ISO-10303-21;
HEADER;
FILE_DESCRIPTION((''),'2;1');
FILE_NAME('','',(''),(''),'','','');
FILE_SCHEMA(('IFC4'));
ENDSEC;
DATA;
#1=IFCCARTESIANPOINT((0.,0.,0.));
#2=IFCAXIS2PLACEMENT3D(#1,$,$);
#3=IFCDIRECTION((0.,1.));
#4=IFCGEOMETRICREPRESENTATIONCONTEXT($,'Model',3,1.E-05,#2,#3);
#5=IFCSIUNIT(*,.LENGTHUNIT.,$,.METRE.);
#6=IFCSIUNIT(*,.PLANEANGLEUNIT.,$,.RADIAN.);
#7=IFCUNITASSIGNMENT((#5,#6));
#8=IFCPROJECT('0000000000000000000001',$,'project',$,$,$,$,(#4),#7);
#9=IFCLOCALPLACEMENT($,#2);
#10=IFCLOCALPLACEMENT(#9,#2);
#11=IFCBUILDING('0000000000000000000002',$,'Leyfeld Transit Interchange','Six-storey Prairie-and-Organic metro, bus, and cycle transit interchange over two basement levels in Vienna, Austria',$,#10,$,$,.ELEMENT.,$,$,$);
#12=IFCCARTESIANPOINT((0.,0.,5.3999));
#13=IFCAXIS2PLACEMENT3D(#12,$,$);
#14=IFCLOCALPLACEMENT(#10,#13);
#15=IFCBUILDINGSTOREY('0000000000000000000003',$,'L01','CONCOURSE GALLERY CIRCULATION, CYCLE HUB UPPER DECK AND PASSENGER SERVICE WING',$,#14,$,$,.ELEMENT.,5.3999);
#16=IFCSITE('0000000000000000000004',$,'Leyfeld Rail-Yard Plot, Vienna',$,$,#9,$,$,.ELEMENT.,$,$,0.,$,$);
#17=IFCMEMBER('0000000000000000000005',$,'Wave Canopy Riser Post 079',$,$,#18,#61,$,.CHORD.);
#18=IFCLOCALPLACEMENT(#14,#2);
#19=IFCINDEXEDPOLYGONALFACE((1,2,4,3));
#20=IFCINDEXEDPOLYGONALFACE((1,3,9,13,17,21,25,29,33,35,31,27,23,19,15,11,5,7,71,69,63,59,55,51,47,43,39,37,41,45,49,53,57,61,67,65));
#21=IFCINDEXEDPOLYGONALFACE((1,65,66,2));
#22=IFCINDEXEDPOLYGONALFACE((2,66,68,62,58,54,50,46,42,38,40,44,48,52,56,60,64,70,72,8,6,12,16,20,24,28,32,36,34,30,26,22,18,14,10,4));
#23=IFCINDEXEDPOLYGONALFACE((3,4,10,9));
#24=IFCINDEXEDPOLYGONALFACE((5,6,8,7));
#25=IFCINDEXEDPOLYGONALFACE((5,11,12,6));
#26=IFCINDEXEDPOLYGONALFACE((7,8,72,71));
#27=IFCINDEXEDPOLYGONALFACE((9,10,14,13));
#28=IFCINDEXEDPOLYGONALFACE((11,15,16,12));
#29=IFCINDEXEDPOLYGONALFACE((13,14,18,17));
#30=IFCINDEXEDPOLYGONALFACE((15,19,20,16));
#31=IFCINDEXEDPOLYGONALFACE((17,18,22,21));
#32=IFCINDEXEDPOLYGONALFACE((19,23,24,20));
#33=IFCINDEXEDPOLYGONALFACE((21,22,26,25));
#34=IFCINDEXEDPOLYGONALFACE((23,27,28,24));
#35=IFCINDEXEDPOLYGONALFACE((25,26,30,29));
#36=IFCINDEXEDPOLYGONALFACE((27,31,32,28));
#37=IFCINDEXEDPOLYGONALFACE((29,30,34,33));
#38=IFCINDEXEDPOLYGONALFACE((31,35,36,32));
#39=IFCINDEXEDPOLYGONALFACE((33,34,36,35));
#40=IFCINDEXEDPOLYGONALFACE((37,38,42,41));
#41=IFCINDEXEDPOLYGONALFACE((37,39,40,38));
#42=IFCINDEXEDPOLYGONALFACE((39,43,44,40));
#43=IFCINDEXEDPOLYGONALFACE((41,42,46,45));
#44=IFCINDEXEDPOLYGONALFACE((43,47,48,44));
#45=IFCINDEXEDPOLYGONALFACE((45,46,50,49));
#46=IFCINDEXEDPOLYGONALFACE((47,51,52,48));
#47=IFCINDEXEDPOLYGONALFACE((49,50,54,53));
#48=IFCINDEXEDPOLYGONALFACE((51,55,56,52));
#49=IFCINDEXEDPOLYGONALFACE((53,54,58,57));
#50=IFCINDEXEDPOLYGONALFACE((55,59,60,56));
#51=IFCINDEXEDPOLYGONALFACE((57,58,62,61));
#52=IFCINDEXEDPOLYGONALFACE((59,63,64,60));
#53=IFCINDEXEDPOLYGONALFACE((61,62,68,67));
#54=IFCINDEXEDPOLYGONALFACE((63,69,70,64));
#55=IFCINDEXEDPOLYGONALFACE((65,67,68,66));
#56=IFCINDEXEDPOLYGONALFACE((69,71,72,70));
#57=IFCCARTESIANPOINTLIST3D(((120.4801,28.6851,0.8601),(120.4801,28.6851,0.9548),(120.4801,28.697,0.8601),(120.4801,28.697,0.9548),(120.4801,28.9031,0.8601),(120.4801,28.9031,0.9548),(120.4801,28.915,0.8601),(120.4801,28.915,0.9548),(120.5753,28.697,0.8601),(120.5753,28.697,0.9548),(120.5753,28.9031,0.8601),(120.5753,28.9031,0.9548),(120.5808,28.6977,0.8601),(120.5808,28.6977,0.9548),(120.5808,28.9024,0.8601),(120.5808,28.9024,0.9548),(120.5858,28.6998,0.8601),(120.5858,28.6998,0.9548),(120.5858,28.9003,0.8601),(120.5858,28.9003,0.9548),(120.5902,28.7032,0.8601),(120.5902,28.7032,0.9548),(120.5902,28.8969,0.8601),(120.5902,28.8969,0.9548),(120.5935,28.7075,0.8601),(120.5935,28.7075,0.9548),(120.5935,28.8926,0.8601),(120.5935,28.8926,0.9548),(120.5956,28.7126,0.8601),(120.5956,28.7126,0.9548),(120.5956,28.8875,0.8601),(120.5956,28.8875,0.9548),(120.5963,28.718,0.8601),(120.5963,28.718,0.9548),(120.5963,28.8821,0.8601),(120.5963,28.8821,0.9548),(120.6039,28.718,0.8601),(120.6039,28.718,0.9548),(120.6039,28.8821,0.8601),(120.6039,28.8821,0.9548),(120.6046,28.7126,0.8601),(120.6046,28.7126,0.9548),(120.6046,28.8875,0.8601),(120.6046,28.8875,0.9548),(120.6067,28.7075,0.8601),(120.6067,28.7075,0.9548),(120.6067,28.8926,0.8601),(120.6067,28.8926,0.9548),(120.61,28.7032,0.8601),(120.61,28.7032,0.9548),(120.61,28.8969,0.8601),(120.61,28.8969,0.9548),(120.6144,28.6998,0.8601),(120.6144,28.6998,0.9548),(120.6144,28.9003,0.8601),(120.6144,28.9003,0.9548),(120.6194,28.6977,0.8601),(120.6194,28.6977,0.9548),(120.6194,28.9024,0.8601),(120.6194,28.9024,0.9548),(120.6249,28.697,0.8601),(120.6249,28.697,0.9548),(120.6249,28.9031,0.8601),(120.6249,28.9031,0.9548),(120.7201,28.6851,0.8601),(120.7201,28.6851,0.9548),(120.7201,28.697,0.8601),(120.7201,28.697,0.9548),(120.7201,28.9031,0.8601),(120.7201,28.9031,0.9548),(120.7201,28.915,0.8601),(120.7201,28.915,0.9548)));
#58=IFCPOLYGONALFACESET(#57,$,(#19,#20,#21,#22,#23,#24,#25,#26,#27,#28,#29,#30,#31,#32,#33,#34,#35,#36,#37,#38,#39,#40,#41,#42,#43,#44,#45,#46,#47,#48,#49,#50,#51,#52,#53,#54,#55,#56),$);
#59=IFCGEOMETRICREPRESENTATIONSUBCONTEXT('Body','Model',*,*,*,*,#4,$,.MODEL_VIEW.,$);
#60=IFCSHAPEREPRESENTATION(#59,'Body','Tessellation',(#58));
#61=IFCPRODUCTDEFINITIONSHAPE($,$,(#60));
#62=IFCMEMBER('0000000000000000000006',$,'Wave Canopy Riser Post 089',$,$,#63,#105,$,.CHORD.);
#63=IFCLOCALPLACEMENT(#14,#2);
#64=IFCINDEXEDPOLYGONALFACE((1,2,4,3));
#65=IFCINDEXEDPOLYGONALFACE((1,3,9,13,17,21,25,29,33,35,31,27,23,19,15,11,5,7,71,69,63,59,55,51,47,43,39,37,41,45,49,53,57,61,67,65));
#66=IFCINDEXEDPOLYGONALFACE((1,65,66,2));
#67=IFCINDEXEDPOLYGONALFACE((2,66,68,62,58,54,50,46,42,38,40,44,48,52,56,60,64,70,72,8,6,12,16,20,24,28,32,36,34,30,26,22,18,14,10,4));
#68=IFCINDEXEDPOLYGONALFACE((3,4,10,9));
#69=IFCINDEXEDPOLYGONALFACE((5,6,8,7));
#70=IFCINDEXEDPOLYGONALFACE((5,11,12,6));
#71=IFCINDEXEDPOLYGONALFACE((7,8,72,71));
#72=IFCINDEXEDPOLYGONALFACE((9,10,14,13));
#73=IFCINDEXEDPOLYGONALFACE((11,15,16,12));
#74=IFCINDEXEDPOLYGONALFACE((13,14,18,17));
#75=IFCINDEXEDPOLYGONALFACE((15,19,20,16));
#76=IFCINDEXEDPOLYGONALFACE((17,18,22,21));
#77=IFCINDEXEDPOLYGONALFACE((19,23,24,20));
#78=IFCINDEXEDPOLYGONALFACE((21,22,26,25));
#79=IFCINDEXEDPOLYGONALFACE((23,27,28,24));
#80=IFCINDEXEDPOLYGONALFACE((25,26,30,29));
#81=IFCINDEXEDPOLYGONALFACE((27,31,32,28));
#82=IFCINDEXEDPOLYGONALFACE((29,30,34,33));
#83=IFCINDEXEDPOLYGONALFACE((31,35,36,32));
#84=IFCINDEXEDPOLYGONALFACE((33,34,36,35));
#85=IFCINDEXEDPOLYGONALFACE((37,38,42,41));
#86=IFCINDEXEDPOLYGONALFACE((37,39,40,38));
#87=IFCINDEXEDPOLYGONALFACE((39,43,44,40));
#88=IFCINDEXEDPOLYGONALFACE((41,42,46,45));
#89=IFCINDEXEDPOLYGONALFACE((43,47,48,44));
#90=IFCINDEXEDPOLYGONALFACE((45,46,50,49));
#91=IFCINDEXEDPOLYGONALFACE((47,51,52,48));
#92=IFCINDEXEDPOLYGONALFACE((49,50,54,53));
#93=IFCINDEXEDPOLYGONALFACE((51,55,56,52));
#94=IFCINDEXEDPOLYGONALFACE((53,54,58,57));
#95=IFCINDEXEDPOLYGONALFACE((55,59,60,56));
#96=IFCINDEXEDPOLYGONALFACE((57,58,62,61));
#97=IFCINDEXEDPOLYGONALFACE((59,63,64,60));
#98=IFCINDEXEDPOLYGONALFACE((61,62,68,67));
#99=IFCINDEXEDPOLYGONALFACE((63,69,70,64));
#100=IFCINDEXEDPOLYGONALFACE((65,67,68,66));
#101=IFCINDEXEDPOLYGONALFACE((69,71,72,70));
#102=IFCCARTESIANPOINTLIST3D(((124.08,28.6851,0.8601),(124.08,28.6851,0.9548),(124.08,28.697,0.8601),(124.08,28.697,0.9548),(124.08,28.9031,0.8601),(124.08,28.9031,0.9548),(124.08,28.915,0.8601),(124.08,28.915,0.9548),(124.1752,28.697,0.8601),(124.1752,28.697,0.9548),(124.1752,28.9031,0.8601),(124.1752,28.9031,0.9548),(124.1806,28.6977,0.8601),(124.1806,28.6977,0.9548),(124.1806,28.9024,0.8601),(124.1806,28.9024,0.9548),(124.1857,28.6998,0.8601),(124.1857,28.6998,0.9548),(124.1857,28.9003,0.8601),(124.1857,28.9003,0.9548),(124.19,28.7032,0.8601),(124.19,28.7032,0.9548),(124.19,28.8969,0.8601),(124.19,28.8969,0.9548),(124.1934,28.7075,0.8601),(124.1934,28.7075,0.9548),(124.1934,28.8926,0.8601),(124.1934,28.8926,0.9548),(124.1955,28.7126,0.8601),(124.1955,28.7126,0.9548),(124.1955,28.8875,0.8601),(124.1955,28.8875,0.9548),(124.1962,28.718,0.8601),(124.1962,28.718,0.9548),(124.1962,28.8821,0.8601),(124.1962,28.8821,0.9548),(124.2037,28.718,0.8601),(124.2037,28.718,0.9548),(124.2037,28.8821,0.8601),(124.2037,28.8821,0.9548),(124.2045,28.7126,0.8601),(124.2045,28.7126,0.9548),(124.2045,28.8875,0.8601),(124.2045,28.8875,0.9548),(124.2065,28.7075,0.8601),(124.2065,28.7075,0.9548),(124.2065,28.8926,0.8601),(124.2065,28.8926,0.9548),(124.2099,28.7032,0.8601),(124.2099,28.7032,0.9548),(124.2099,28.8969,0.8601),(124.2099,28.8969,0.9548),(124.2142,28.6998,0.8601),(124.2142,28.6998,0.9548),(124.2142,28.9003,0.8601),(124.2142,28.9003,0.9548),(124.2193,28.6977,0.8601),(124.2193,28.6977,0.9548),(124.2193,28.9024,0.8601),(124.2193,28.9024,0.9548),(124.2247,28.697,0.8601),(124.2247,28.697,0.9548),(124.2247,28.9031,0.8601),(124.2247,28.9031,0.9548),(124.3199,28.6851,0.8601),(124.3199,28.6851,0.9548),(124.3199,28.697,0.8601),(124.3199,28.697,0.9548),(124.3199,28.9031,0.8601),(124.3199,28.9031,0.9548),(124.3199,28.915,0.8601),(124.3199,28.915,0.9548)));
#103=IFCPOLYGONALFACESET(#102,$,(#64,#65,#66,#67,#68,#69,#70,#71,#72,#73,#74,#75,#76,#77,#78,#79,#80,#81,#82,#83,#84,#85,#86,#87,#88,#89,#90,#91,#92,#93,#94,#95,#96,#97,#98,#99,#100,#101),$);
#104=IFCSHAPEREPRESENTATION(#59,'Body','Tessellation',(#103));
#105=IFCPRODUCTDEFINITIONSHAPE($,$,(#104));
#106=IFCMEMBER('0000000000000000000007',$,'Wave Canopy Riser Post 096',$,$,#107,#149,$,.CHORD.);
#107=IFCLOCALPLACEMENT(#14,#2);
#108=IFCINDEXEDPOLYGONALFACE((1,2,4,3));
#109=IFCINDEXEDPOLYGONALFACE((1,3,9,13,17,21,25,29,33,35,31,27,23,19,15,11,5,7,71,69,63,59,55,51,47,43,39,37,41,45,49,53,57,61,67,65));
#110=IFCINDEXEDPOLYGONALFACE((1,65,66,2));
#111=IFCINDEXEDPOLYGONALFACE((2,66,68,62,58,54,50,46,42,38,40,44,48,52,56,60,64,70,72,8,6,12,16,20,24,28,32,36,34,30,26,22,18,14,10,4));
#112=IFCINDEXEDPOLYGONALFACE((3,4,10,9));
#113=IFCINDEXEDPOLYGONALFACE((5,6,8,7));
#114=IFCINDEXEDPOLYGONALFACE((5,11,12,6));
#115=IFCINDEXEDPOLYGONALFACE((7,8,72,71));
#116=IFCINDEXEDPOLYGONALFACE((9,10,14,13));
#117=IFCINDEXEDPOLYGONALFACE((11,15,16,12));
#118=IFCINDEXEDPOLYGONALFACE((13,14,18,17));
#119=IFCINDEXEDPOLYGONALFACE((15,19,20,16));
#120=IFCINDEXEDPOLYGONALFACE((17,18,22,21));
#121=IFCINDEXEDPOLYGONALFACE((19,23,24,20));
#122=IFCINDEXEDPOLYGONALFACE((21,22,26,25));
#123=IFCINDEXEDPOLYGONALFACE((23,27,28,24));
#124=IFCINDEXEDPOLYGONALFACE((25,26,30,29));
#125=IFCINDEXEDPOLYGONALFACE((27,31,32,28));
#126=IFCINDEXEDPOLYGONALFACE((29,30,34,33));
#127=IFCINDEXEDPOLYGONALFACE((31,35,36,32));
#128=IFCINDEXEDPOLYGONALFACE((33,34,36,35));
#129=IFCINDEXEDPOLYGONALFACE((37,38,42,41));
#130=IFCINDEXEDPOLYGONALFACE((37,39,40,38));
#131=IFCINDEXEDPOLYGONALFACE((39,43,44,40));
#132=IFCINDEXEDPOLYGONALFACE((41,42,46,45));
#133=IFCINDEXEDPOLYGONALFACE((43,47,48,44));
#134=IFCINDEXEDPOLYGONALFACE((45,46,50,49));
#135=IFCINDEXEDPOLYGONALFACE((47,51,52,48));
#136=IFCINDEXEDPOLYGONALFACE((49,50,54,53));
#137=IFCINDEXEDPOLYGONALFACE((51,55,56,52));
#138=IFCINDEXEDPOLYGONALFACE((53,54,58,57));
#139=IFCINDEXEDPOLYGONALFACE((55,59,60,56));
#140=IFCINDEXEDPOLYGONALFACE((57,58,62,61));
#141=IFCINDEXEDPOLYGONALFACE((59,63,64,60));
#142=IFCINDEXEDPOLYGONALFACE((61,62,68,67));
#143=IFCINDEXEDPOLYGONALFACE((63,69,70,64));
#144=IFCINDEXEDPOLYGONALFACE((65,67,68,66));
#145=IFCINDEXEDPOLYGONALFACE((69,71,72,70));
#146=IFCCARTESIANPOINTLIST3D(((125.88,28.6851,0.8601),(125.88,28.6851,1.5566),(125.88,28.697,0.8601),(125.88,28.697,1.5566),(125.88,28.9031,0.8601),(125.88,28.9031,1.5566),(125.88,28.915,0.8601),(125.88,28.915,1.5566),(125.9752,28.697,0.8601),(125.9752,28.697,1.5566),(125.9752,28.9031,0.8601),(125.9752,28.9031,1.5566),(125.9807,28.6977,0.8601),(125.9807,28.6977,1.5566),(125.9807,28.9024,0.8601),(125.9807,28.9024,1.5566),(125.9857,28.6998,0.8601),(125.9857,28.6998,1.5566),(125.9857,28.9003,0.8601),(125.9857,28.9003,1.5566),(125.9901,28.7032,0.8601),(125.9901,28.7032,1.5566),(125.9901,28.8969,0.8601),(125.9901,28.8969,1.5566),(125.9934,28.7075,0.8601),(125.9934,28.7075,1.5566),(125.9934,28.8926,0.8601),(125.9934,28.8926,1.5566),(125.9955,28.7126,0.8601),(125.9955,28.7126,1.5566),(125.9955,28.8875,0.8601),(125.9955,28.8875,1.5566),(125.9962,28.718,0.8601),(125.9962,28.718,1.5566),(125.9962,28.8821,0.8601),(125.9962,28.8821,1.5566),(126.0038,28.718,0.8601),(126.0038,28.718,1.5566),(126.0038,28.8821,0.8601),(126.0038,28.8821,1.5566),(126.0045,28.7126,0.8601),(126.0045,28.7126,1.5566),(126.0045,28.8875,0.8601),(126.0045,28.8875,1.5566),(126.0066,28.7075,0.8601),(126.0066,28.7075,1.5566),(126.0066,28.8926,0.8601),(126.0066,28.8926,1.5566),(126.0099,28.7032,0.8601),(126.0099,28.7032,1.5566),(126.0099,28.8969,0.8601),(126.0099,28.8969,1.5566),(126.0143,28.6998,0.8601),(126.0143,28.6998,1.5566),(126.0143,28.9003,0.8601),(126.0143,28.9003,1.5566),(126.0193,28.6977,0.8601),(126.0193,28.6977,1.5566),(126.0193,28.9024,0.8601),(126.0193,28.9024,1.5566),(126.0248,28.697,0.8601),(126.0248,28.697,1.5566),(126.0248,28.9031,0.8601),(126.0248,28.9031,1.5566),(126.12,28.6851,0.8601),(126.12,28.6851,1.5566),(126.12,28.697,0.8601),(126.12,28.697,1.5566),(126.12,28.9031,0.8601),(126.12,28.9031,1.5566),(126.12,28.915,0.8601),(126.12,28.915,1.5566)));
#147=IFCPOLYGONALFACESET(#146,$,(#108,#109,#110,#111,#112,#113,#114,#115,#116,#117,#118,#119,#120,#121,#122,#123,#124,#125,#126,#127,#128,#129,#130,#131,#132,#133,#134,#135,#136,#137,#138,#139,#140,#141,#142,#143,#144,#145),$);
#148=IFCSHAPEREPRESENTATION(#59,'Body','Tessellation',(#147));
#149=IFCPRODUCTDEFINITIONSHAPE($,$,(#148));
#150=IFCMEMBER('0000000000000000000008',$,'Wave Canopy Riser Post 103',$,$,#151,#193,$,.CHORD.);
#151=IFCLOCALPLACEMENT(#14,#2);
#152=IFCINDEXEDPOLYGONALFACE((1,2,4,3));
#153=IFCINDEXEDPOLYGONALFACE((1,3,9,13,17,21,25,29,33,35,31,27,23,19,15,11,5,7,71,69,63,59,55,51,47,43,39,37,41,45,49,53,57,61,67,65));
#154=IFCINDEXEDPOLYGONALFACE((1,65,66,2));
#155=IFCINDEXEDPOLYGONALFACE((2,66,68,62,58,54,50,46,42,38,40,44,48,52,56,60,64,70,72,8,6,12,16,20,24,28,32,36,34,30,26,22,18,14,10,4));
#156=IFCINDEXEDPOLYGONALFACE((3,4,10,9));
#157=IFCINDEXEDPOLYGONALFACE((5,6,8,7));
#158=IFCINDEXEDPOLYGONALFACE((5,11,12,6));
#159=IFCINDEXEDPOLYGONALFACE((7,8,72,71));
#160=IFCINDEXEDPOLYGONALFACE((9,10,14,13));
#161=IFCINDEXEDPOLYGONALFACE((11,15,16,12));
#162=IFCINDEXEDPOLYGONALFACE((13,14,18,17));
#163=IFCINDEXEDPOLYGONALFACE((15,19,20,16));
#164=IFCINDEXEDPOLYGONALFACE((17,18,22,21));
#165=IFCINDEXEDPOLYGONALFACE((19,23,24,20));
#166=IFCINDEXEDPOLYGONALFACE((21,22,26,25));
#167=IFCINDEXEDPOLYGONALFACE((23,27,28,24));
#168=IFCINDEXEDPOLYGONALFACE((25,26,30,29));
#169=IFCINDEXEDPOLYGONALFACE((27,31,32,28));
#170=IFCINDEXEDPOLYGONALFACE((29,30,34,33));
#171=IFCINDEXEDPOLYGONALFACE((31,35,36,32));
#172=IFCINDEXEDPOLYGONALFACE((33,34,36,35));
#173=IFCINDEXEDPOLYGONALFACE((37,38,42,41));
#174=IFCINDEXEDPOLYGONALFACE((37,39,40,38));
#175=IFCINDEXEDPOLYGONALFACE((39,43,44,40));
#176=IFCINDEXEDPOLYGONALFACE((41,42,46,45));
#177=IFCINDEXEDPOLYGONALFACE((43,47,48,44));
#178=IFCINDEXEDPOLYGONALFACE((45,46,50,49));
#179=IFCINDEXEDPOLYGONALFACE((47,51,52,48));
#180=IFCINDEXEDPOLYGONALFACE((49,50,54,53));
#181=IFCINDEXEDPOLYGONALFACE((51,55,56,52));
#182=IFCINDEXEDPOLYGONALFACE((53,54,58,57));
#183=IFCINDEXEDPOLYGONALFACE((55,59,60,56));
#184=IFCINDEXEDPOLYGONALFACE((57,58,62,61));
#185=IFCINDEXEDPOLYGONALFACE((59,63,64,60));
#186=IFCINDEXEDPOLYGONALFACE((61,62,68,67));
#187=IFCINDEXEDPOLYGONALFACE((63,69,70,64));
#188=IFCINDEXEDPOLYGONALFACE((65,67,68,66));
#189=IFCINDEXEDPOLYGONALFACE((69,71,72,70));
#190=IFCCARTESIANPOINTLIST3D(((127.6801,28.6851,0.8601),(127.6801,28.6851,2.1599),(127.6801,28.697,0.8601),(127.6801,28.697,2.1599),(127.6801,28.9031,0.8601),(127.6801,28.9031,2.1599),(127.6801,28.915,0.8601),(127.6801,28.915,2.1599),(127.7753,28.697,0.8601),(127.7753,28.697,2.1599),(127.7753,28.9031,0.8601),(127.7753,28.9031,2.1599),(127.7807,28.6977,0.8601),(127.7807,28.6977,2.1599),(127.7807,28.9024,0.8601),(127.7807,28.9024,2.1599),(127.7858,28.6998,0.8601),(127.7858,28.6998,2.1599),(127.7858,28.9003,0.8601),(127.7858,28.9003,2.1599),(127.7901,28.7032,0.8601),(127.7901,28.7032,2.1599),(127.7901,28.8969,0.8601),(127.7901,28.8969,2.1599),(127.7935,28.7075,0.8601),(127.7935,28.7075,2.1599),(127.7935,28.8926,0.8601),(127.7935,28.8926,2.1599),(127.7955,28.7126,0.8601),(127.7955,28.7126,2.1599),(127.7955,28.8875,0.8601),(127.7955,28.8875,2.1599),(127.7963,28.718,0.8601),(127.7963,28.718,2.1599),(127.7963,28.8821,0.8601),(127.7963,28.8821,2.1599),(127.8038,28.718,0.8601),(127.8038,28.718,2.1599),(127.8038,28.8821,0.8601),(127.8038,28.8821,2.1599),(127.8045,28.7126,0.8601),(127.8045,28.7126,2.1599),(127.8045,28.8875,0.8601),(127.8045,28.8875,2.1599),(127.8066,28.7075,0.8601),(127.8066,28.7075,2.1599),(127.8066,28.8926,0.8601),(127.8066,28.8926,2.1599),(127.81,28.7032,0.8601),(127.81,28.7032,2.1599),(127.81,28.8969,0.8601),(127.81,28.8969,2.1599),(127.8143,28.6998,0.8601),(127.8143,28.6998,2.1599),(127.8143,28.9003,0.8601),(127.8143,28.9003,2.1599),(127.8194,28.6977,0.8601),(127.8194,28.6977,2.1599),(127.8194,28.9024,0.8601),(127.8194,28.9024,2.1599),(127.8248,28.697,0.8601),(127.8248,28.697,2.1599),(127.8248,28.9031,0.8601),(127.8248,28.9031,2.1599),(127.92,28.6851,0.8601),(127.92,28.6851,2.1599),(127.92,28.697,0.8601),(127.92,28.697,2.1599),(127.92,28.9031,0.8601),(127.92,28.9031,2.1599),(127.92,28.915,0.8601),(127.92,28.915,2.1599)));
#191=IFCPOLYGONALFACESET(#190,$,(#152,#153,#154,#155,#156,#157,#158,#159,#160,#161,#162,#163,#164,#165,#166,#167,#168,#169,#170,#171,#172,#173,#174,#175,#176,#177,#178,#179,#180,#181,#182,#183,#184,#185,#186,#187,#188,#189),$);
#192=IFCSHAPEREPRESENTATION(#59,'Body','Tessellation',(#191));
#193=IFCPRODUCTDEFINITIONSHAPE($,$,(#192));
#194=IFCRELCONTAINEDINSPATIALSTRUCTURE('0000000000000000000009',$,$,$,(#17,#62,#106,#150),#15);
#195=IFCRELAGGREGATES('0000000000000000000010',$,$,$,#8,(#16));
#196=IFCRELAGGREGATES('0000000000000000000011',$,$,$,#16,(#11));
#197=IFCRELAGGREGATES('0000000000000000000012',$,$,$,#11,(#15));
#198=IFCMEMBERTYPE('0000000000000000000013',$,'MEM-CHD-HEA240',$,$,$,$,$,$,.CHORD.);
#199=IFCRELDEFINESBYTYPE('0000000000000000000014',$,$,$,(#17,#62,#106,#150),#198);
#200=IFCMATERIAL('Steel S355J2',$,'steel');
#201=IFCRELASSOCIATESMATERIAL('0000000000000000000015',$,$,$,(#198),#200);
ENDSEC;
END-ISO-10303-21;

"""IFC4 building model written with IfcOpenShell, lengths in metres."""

from ifc_helpers import new_model, si_unit, direction, frame, origin, origin_2d, place, context, subcontext, project, spatial, i_section, extrude, material, material_profile, profile_set, type_object, element, save


model = new_model("IFC4")

# Units and contexts
model_context = context("Model", 3, precision=1e-05, world=origin(), true_north=direction((0.0, 1.0)))
body_context = subcontext(model_context, "Body", "Model", "MODEL_VIEW")
ifc_project = project(units=[si_unit("LENGTHUNIT", "METRE"), si_unit("PLANEANGLEUNIT", "RADIAN")], contexts=[model_context])

# Site, building, storey
site_placement = place(None, origin())
site = spatial("IfcSite", under=ifc_project, at=site_placement, Name="Leyfeld Rail-Yard Plot, Vienna", CompositionType="ELEMENT", RefElevation=0.0)
building_placement = place(site_placement, origin())
building = spatial("IfcBuilding", under=site, at=building_placement, Name="Leyfeld Transit Interchange", Description="Six-storey Prairie-and-Organic metro, bus, and cycle transit interchange over two basement levels in Vienna, Austria", CompositionType="ELEMENT")
storey_placement = place(building_placement, frame((0.0, 0.0, 5.3999)))
storey = spatial("IfcBuildingStorey", under=building, at=storey_placement, Name="L01", Description="CONCOURSE GALLERY CIRCULATION, CYCLE HUB UPPER DECK AND PASSENGER SERVICE WING", CompositionType="ELEMENT", Elevation=5.3999)

# Members
ifc_material_1 = material(Name="Steel S355J2", Category="steel")
ifc_material_profile_1 = material_profile(ifc_material_1, i_section(OverallWidth=0.24, OverallDepth=0.23, WebThickness=0.0076, FlangeThickness=0.012, FilletRadius=0.021, at=origin_2d()), Name="HEA 240")
ifc_profile_set_1 = profile_set([ifc_material_profile_1], Name="Steel S355J2")
member_type_1 = type_object("IfcMemberType", Name="MEM-CHD-HEA240", PredefinedType="CHORD", material=ifc_profile_set_1)
for number, where, z_axis, x_axis, name in (
    (1, (120.6001, 28.8, 0.8601), (0.0, 0.0, 1.0), (1.0, 0.0, 0.0), "Wave Canopy Riser Post 079"),
    (2, (124.2, 28.8, 0.8601), (0.0, 0.0, 1.0), (1.0, 0.0, 0.0), "Wave Canopy Riser Post 089"),
):
    element("IfcMember", number, at=place(storey_placement, frame(where, z_axis=z_axis, x_axis=x_axis)), inside=storey, type_object=member_type_1, Name=name, PredefinedType="CHORD", context=body_context, shape_type="SweptSolid", body=[
        extrude(i_section(OverallWidth=0.24, OverallDepth=0.23, WebThickness=0.0076, FlangeThickness=0.012, FilletRadius=0.021, at=origin_2d()), origin(), (0.0, 0.0, 1.0), 0.0947),
    ])
member_1_placement = place(storey_placement, frame((126.0, 28.8, 0.8601), z_axis=(0.0, 0.0, 1.0), x_axis=(1.0, 0.0, 0.0)))
element("IfcMember", 3, at=member_1_placement, inside=storey, type_object=member_type_1, Name="Wave Canopy Riser Post 096", PredefinedType="CHORD", context=body_context, shape_type="SweptSolid", body=[
    extrude(i_section(OverallWidth=0.24, OverallDepth=0.23, WebThickness=0.0076, FlangeThickness=0.012, FilletRadius=0.021, at=origin_2d()), origin(), (0.0, 0.0, 1.0), 0.6965),
])
member_2_placement = place(storey_placement, frame((127.8, 28.8, 0.8601), z_axis=(0.0, 0.0, 1.0), x_axis=(1.0, 0.0, 0.0)))
element("IfcMember", 4, at=member_2_placement, inside=storey, type_object=member_type_1, Name="Wave Canopy Riser Post 103", PredefinedType="CHORD", context=body_context, shape_type="SweptSolid", body=[
    extrude(i_section(OverallWidth=0.24, OverallDepth=0.23, WebThickness=0.0076, FlangeThickness=0.012, FilletRadius=0.021, at=origin_2d()), origin(), (0.0, 0.0, 1.0), 1.2998),
])

save(model, "model.ifc")
